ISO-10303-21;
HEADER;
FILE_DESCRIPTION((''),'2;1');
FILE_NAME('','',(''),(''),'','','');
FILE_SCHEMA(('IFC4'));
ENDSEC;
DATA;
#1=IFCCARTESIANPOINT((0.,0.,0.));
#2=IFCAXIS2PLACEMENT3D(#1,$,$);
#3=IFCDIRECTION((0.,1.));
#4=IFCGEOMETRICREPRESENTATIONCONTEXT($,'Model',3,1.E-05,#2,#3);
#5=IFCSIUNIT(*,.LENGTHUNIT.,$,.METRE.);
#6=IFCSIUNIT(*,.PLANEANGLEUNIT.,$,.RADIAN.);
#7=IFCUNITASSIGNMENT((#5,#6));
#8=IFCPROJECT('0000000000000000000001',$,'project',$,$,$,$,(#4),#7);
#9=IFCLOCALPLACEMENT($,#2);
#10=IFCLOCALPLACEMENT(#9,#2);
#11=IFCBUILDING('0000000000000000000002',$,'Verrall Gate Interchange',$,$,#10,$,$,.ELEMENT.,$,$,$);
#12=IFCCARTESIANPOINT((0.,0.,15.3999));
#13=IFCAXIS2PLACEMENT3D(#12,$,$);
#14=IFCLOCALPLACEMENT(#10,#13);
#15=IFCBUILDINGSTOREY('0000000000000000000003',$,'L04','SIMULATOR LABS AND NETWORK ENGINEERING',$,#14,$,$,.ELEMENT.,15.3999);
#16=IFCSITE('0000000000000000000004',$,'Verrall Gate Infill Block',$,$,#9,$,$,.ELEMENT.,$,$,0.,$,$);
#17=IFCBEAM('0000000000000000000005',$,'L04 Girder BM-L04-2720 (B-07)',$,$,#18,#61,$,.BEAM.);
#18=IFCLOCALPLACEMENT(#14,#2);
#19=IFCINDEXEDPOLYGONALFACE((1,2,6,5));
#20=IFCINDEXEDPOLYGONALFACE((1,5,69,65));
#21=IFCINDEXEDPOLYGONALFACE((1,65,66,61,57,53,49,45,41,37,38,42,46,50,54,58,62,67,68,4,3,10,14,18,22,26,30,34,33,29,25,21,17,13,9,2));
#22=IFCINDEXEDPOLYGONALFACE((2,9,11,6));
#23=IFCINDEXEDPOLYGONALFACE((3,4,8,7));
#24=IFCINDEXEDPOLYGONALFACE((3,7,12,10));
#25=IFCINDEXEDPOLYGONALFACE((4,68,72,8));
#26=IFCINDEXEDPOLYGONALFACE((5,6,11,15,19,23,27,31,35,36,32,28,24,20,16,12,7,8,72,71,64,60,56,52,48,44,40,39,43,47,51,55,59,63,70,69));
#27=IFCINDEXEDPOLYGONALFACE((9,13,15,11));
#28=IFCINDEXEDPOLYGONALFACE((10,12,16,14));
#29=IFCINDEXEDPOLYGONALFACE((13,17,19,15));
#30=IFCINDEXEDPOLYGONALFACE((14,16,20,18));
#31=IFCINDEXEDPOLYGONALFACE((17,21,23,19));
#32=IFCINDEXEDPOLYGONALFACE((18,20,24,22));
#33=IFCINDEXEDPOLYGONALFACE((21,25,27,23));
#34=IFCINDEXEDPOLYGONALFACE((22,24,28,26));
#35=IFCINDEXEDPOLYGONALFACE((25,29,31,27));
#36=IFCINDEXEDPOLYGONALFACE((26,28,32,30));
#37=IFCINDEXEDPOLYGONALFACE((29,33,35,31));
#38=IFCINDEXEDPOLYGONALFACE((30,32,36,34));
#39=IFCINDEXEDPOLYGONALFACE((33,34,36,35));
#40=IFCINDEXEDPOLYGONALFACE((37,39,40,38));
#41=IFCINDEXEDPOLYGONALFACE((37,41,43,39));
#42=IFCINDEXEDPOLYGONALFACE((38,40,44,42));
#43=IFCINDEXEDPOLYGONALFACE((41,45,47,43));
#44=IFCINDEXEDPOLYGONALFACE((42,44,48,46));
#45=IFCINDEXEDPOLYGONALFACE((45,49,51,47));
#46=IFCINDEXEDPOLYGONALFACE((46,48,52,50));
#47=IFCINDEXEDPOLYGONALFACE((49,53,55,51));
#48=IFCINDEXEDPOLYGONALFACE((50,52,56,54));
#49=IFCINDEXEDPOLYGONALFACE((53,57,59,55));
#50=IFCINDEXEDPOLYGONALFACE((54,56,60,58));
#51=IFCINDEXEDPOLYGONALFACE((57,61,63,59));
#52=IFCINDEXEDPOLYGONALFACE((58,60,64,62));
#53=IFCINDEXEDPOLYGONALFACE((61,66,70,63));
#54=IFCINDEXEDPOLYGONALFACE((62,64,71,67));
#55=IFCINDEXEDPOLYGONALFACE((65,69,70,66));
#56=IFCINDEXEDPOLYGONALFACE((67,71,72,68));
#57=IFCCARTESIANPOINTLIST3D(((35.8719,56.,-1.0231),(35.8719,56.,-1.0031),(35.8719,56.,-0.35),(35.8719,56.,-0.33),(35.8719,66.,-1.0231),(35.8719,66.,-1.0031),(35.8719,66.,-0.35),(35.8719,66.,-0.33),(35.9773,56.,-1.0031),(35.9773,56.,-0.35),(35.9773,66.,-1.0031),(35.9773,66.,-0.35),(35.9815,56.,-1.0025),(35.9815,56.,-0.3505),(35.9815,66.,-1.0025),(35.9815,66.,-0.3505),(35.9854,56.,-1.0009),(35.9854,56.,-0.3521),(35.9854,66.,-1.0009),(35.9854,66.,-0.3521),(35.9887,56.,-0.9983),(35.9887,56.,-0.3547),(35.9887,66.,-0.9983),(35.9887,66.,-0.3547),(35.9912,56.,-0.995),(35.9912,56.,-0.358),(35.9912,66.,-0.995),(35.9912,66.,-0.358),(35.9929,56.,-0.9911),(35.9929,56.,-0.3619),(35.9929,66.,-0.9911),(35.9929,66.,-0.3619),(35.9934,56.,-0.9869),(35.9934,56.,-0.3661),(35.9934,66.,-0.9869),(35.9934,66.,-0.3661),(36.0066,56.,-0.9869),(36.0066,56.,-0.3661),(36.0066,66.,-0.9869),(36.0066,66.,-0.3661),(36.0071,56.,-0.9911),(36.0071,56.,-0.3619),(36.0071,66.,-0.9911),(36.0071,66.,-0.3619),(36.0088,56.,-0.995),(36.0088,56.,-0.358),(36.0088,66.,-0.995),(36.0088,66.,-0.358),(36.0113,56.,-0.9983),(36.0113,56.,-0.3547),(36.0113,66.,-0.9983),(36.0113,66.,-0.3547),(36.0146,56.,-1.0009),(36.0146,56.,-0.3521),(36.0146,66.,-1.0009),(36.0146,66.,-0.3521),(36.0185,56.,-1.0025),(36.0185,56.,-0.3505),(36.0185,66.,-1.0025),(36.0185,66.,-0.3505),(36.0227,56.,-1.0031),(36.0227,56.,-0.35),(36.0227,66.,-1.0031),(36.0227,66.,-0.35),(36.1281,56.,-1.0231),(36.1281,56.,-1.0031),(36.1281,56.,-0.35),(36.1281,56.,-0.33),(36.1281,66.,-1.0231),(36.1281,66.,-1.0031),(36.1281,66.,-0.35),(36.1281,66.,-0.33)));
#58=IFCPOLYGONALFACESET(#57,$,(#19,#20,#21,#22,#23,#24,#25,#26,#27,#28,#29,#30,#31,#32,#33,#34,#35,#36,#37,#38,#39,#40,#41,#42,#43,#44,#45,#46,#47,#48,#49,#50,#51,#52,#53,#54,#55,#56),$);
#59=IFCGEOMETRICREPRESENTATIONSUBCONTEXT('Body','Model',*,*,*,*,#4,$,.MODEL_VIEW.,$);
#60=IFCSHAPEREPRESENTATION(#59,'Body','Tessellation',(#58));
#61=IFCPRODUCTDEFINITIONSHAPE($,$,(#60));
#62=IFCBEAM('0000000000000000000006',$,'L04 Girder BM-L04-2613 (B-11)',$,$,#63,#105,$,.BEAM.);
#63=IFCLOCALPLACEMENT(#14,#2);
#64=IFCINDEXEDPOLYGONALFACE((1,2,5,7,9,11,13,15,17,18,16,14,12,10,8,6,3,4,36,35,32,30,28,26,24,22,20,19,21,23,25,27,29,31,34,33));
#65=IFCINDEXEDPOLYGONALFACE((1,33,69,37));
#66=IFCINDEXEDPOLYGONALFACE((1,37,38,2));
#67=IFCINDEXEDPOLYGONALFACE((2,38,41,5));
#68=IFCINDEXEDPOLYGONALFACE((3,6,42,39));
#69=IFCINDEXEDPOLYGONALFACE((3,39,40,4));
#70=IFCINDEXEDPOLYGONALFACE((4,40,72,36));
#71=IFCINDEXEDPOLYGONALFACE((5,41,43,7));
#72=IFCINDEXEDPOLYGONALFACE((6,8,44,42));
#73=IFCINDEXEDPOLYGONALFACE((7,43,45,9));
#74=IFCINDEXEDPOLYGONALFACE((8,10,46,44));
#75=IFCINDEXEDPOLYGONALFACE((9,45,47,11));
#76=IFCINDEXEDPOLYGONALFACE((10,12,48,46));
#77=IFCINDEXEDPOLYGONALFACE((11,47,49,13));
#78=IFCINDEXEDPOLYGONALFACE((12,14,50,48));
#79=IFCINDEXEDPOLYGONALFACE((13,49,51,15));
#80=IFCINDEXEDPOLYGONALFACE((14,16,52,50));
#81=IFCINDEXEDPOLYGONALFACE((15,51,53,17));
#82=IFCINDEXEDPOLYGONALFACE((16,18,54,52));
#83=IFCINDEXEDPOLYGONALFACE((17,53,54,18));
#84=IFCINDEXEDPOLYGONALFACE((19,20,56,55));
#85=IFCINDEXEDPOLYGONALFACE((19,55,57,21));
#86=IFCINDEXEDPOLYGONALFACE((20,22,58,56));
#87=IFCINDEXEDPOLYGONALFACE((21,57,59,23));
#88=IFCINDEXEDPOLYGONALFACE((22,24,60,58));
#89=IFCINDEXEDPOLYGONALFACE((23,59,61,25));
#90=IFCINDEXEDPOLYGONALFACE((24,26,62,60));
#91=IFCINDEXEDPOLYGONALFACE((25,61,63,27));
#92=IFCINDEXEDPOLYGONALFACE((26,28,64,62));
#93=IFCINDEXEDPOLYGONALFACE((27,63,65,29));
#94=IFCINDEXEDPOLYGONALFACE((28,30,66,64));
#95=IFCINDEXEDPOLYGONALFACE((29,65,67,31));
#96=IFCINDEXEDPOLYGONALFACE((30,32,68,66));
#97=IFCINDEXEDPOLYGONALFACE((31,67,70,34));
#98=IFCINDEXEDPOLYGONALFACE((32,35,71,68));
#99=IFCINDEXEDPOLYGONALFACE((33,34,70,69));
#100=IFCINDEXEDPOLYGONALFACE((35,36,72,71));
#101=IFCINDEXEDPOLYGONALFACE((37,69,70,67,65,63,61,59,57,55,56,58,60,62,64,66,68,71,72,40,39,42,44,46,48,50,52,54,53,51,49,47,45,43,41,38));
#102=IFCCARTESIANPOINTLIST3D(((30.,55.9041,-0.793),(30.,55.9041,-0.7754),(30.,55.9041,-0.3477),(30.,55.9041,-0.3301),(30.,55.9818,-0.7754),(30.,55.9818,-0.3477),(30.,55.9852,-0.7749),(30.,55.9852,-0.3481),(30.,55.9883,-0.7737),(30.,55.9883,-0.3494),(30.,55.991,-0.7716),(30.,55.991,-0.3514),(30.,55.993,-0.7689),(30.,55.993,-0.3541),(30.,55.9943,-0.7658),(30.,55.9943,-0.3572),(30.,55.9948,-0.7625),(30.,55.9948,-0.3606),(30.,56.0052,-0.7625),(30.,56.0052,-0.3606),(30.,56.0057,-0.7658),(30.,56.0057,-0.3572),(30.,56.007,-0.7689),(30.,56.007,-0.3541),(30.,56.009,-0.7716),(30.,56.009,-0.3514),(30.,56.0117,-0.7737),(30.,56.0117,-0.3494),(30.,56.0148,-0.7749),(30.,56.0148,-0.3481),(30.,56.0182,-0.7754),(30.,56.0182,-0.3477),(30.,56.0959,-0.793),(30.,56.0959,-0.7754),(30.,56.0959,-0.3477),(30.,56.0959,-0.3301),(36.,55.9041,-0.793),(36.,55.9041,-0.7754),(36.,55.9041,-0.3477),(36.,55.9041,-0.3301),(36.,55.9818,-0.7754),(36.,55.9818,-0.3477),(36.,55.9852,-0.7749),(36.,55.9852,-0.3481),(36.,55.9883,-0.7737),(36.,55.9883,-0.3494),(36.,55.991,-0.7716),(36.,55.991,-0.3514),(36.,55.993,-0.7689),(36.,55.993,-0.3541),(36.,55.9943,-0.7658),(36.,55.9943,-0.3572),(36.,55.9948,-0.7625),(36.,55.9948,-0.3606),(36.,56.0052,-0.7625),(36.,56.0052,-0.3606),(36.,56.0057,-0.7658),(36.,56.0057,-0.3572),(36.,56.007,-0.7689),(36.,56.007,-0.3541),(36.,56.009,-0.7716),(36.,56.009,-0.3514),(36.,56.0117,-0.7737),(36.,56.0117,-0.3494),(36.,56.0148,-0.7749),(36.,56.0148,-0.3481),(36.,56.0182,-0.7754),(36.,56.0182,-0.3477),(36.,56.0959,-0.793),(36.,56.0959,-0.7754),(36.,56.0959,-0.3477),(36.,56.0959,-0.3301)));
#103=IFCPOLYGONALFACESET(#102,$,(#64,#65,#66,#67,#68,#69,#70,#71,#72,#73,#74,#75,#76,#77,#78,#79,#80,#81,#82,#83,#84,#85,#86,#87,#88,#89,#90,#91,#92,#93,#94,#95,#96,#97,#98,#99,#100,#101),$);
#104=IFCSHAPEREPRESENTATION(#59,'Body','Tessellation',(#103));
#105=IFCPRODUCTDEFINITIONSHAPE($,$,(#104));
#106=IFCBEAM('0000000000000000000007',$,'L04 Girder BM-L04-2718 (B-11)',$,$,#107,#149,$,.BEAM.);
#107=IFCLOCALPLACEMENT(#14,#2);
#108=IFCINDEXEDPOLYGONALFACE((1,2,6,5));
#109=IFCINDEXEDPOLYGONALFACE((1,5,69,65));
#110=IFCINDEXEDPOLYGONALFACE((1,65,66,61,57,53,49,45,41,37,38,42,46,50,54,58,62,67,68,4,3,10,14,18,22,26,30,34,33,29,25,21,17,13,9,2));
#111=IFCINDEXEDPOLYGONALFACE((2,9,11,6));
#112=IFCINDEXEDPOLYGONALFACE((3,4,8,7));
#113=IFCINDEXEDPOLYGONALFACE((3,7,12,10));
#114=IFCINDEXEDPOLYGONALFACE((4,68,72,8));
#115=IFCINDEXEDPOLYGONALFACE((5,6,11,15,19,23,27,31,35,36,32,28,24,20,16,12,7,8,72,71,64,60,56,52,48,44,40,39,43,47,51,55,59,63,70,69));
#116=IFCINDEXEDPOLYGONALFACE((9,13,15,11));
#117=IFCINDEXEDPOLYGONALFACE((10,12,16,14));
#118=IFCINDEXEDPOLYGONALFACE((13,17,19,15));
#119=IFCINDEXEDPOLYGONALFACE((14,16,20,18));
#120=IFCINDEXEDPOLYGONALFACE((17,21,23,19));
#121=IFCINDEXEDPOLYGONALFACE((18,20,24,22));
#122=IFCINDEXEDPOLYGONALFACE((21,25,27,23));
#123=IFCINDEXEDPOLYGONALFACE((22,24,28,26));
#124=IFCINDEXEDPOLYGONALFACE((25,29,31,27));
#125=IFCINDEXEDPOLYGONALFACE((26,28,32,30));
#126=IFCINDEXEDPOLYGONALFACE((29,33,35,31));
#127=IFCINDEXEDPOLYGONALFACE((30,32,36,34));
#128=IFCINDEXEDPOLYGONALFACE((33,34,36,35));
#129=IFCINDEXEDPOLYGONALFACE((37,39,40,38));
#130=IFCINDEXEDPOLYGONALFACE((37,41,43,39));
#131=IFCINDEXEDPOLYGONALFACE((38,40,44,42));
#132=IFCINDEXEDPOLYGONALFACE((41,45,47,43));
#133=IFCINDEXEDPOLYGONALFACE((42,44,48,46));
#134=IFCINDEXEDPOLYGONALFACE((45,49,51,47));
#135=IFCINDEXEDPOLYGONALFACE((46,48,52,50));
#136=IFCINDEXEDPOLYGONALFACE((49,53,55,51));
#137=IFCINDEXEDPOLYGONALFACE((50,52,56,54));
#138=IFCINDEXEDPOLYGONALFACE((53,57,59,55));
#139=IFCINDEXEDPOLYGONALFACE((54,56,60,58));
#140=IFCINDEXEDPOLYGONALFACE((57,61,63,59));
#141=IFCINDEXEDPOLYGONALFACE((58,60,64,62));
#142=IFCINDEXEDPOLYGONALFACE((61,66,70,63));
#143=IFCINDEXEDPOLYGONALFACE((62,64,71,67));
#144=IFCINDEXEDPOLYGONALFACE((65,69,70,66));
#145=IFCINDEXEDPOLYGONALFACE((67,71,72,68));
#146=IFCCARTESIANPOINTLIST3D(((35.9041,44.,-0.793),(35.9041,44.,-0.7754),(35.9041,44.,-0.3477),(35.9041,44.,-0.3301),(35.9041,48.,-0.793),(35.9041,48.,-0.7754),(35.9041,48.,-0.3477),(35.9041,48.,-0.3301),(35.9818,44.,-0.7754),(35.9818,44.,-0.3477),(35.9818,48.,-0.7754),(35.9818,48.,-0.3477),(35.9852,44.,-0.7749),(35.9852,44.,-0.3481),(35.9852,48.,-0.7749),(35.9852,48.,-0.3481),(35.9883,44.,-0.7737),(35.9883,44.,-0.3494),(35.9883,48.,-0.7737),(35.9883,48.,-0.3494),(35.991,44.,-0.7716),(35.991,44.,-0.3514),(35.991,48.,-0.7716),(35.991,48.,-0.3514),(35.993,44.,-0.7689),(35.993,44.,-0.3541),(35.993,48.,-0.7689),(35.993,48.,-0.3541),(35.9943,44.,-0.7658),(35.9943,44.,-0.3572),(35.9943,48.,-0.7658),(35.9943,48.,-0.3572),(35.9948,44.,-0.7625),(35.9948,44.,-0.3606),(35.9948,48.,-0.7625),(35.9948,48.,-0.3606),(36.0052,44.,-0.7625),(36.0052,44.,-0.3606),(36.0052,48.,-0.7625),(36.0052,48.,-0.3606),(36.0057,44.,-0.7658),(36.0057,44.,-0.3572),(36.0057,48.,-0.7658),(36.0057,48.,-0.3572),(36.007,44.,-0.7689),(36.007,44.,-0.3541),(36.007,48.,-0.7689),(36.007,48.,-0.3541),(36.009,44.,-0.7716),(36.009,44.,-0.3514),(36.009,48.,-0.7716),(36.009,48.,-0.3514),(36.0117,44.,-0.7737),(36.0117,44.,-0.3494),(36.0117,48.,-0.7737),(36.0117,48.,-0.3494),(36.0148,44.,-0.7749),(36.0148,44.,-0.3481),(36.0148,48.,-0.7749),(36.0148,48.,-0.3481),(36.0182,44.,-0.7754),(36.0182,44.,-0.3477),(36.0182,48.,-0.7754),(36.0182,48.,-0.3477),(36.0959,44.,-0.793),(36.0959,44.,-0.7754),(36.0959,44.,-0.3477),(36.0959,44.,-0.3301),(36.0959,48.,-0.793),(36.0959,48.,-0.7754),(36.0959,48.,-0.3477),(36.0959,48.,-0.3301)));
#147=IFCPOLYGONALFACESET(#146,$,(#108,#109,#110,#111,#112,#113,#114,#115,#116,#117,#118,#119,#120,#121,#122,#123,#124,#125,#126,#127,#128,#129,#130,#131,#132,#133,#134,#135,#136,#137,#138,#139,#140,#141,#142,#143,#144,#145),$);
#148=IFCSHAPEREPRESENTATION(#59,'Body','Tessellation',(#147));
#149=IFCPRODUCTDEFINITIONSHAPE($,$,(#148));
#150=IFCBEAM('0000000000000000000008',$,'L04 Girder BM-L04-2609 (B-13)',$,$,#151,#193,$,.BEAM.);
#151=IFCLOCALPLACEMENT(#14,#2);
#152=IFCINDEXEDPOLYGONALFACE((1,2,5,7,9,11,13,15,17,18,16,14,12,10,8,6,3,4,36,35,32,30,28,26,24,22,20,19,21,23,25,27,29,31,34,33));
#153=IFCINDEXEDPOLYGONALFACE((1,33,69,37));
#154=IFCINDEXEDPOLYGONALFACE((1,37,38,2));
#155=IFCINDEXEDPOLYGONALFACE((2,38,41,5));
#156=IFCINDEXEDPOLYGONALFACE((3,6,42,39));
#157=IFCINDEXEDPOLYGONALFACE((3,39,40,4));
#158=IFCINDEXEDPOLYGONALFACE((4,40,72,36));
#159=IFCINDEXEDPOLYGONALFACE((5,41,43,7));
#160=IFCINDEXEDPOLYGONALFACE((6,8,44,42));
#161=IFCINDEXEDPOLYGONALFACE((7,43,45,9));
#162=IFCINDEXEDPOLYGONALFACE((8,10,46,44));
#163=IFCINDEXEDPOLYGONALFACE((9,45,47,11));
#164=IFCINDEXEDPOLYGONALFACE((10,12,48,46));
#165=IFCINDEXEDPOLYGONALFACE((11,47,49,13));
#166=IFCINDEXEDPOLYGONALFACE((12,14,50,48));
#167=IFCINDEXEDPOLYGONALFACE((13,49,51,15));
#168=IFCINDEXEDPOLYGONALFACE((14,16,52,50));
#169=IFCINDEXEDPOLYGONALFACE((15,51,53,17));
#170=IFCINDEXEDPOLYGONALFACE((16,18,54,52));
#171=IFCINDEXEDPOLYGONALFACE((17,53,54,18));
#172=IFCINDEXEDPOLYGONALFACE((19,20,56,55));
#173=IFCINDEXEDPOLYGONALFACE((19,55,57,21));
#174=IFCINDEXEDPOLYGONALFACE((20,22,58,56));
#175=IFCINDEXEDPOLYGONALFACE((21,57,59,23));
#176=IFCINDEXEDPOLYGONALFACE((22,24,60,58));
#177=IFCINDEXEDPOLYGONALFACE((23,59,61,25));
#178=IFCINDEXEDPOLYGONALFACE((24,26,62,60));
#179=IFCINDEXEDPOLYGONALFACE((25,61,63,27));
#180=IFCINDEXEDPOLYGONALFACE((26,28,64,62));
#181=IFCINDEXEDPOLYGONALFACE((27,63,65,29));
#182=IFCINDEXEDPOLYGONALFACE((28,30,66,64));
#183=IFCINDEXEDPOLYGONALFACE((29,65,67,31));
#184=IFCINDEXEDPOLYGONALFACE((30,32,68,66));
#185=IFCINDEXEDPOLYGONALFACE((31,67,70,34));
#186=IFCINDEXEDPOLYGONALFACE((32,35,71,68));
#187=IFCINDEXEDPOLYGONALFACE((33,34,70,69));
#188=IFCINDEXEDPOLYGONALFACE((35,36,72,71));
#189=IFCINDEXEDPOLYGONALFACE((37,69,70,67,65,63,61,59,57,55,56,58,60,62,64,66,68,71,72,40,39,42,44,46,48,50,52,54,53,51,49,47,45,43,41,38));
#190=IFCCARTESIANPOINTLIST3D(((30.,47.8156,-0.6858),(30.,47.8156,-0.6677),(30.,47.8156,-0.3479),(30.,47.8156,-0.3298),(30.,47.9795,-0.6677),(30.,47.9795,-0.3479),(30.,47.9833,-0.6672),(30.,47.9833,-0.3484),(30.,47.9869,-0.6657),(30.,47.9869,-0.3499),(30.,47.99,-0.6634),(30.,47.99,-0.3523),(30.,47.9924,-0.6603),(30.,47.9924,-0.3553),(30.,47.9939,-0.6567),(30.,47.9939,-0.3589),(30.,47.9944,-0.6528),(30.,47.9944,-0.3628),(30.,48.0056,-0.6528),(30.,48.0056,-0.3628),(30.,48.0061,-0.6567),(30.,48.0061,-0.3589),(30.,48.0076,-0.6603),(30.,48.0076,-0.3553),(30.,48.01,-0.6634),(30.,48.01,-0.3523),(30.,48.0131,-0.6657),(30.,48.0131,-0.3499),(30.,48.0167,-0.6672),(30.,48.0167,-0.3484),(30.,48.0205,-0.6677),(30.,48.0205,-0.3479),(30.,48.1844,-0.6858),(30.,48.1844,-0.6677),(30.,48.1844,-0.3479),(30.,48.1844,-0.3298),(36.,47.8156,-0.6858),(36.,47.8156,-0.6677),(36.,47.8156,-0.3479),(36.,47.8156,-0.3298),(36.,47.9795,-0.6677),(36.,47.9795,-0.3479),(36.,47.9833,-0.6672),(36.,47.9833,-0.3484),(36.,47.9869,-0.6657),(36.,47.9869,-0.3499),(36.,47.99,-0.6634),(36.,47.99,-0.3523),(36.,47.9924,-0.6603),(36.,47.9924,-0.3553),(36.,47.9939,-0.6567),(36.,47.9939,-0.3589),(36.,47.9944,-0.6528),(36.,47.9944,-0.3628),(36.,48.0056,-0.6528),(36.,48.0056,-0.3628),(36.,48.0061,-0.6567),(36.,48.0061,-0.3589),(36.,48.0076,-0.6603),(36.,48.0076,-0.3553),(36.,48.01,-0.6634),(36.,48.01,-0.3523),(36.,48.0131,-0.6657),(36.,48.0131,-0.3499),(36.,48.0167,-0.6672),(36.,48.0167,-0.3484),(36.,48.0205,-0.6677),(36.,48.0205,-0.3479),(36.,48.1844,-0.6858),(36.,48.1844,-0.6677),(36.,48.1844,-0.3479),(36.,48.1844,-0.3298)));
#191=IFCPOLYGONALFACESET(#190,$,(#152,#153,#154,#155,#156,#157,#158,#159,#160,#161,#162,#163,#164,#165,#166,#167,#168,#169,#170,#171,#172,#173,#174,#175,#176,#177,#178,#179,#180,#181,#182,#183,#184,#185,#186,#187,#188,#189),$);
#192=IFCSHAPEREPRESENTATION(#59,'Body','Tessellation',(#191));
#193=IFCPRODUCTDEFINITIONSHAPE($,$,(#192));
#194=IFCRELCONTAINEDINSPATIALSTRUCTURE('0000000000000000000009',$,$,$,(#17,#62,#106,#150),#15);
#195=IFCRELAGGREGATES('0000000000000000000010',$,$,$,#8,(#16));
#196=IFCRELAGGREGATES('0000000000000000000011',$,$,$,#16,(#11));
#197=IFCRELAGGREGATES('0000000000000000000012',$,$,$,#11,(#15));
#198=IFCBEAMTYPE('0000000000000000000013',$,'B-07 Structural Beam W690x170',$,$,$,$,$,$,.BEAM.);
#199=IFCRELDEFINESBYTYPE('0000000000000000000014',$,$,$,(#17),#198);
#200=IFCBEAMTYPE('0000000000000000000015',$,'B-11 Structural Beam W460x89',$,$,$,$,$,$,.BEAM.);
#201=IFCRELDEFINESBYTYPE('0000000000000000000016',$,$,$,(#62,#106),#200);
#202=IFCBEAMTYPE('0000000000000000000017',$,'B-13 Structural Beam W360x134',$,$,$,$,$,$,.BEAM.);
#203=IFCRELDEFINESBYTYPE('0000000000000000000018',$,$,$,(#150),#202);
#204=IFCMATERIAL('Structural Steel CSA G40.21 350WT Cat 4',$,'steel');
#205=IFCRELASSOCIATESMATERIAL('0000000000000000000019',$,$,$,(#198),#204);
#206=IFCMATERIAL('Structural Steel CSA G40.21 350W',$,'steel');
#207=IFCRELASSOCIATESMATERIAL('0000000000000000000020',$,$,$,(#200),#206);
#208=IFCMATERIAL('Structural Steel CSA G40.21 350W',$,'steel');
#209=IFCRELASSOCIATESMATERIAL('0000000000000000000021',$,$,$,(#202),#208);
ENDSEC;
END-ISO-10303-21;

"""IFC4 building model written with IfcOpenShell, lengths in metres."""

from ifc_helpers import new_model, si_unit, direction, frame, origin, origin_2d, place, context, subcontext, project, spatial, i_section, extrude, material, material_profile, profile_set, type_object, element, save


model = new_model("IFC4")

# Units and contexts
model_context = context("Model", 3, precision=1e-05, world=origin(), true_north=direction((0.0, 1.0)))
body_context = subcontext(model_context, "Body", "Model", "MODEL_VIEW")
ifc_project = project(units=[si_unit("LENGTHUNIT", "METRE"), si_unit("PLANEANGLEUNIT", "RADIAN")], contexts=[model_context])

# Site, building, storey
site_placement = place(None, origin())
site = spatial("IfcSite", under=ifc_project, at=site_placement, Name="Verrall Gate Infill Block", CompositionType="ELEMENT", RefElevation=0.0)
building_placement = place(site_placement, origin())
building = spatial("IfcBuilding", under=site, at=building_placement, Name="Verrall Gate Interchange", CompositionType="ELEMENT")
storey_placement = place(building_placement, frame((0.0, 0.0, 15.3999)))
storey = spatial("IfcBuildingStorey", under=building, at=storey_placement, Name="L04", Description="SIMULATOR LABS AND NETWORK ENGINEERING", CompositionType="ELEMENT", Elevation=15.3999)

# Beams
ifc_material_1 = material(Name="Structural Steel CSA G40.21 350WT Cat 4", Category="steel")
ifc_material_profile_1 = material_profile(ifc_material_1, i_section(OverallWidth=0.2561, OverallDepth=0.6931, WebThickness=0.0132, FlangeThickness=0.02, FilletRadius=0.0161, at=origin_2d()), Name="W690x170")
ifc_profile_set_1 = profile_set([ifc_material_profile_1], Name="Structural Steel CSA G40.21 350WT Cat 4")
beam_type_1 = type_object("IfcBeamType", Name="B-07 Structural Beam W690x170", PredefinedType="BEAM", material=ifc_profile_set_1)
beam_1_placement = place(storey_placement, frame((36.0, 56.0, -0.6765), z_axis=(0.0, 1.0, 0.0), x_axis=(-1.0, 0.0, 0.0)))
element("IfcBeam", 1, at=beam_1_placement, inside=storey, type_object=beam_type_1, Name="L04 Girder BM-L04-2720 (B-07)", PredefinedType="BEAM", context=body_context, shape_type="SweptSolid", body=[
    extrude(i_section(OverallWidth=0.2561, OverallDepth=0.6931, WebThickness=0.0132, FlangeThickness=0.02, FilletRadius=0.0161, at=origin_2d()), origin(), (0.0, 0.0, 1.0), 10.0),
])
ifc_material_2 = material(Name="Structural Steel CSA G40.21 350W", Category="steel")
ifc_material_profile_2 = material_profile(ifc_material_2, i_section(OverallWidth=0.1919, OverallDepth=0.4629, WebThickness=0.0105, FlangeThickness=0.0176, FilletRadius=0.0129, at=origin_2d()), Name="W460x89")
ifc_profile_set_2 = profile_set([ifc_material_profile_2], Name="Structural Steel CSA G40.21 350W")
beam_type_2 = type_object("IfcBeamType", Name="B-11 Structural Beam W460x89", PredefinedType="BEAM", material=ifc_profile_set_2)
beam_2_placement = place(storey_placement, frame((30.0, 56.0, -0.5615), z_axis=(1.0, 0.0, 0.0), x_axis=(0.0, 1.0, 0.0)))
element("IfcBeam", 2, at=beam_2_placement, inside=storey, type_object=beam_type_2, Name="L04 Girder BM-L04-2613 (B-11)", PredefinedType="BEAM", context=body_context, shape_type="SweptSolid", body=[
    extrude(i_section(OverallWidth=0.1919, OverallDepth=0.4629, WebThickness=0.0105, FlangeThickness=0.0176, FilletRadius=0.0129, at=origin_2d()), origin(), (0.0, 0.0, 1.0), 6.0),
])
beam_3_placement = place(storey_placement, frame((36.0, 44.0, -0.5615), z_axis=(0.0, 1.0, 0.0), x_axis=(-1.0, 0.0, 0.0)))
element("IfcBeam", 3, at=beam_3_placement, inside=storey, type_object=beam_type_2, Name="L04 Girder BM-L04-2718 (B-11)", PredefinedType="BEAM", context=body_context, shape_type="SweptSolid", body=[
    extrude(i_section(OverallWidth=0.1919, OverallDepth=0.4629, WebThickness=0.0105, FlangeThickness=0.0176, FilletRadius=0.0129, at=origin_2d()), origin(), (0.0, 0.0, 1.0), 4.0),
])
ifc_material_3 = material(Name="Structural Steel CSA G40.21 350W", Category="steel")
ifc_material_profile_3 = material_profile(ifc_material_3, i_section(OverallWidth=0.3689, OverallDepth=0.356, WebThickness=0.0112, FlangeThickness=0.0181, FilletRadius=0.0149, at=origin_2d()), Name="W360x134")
ifc_profile_set_3 = profile_set([ifc_material_profile_3], Name="Structural Steel CSA G40.21 350W")
beam_type_3 = type_object("IfcBeamType", Name="B-13 Structural Beam W360x134", PredefinedType="BEAM", material=ifc_profile_set_3)
beam_4_placement = place(storey_placement, frame((30.0, 48.0, -0.5078), z_axis=(1.0, 0.0, 0.0), x_axis=(0.0, 1.0, 0.0)))
element("IfcBeam", 4, at=beam_4_placement, inside=storey, type_object=beam_type_3, Name="L04 Girder BM-L04-2609 (B-13)", PredefinedType="BEAM", context=body_context, shape_type="SweptSolid", body=[
    extrude(i_section(OverallWidth=0.3689, OverallDepth=0.356, WebThickness=0.0112, FlangeThickness=0.0181, FilletRadius=0.0149, at=origin_2d()), origin(), (0.0, 0.0, 1.0), 6.0),
])

save(model, "model.ifc")
